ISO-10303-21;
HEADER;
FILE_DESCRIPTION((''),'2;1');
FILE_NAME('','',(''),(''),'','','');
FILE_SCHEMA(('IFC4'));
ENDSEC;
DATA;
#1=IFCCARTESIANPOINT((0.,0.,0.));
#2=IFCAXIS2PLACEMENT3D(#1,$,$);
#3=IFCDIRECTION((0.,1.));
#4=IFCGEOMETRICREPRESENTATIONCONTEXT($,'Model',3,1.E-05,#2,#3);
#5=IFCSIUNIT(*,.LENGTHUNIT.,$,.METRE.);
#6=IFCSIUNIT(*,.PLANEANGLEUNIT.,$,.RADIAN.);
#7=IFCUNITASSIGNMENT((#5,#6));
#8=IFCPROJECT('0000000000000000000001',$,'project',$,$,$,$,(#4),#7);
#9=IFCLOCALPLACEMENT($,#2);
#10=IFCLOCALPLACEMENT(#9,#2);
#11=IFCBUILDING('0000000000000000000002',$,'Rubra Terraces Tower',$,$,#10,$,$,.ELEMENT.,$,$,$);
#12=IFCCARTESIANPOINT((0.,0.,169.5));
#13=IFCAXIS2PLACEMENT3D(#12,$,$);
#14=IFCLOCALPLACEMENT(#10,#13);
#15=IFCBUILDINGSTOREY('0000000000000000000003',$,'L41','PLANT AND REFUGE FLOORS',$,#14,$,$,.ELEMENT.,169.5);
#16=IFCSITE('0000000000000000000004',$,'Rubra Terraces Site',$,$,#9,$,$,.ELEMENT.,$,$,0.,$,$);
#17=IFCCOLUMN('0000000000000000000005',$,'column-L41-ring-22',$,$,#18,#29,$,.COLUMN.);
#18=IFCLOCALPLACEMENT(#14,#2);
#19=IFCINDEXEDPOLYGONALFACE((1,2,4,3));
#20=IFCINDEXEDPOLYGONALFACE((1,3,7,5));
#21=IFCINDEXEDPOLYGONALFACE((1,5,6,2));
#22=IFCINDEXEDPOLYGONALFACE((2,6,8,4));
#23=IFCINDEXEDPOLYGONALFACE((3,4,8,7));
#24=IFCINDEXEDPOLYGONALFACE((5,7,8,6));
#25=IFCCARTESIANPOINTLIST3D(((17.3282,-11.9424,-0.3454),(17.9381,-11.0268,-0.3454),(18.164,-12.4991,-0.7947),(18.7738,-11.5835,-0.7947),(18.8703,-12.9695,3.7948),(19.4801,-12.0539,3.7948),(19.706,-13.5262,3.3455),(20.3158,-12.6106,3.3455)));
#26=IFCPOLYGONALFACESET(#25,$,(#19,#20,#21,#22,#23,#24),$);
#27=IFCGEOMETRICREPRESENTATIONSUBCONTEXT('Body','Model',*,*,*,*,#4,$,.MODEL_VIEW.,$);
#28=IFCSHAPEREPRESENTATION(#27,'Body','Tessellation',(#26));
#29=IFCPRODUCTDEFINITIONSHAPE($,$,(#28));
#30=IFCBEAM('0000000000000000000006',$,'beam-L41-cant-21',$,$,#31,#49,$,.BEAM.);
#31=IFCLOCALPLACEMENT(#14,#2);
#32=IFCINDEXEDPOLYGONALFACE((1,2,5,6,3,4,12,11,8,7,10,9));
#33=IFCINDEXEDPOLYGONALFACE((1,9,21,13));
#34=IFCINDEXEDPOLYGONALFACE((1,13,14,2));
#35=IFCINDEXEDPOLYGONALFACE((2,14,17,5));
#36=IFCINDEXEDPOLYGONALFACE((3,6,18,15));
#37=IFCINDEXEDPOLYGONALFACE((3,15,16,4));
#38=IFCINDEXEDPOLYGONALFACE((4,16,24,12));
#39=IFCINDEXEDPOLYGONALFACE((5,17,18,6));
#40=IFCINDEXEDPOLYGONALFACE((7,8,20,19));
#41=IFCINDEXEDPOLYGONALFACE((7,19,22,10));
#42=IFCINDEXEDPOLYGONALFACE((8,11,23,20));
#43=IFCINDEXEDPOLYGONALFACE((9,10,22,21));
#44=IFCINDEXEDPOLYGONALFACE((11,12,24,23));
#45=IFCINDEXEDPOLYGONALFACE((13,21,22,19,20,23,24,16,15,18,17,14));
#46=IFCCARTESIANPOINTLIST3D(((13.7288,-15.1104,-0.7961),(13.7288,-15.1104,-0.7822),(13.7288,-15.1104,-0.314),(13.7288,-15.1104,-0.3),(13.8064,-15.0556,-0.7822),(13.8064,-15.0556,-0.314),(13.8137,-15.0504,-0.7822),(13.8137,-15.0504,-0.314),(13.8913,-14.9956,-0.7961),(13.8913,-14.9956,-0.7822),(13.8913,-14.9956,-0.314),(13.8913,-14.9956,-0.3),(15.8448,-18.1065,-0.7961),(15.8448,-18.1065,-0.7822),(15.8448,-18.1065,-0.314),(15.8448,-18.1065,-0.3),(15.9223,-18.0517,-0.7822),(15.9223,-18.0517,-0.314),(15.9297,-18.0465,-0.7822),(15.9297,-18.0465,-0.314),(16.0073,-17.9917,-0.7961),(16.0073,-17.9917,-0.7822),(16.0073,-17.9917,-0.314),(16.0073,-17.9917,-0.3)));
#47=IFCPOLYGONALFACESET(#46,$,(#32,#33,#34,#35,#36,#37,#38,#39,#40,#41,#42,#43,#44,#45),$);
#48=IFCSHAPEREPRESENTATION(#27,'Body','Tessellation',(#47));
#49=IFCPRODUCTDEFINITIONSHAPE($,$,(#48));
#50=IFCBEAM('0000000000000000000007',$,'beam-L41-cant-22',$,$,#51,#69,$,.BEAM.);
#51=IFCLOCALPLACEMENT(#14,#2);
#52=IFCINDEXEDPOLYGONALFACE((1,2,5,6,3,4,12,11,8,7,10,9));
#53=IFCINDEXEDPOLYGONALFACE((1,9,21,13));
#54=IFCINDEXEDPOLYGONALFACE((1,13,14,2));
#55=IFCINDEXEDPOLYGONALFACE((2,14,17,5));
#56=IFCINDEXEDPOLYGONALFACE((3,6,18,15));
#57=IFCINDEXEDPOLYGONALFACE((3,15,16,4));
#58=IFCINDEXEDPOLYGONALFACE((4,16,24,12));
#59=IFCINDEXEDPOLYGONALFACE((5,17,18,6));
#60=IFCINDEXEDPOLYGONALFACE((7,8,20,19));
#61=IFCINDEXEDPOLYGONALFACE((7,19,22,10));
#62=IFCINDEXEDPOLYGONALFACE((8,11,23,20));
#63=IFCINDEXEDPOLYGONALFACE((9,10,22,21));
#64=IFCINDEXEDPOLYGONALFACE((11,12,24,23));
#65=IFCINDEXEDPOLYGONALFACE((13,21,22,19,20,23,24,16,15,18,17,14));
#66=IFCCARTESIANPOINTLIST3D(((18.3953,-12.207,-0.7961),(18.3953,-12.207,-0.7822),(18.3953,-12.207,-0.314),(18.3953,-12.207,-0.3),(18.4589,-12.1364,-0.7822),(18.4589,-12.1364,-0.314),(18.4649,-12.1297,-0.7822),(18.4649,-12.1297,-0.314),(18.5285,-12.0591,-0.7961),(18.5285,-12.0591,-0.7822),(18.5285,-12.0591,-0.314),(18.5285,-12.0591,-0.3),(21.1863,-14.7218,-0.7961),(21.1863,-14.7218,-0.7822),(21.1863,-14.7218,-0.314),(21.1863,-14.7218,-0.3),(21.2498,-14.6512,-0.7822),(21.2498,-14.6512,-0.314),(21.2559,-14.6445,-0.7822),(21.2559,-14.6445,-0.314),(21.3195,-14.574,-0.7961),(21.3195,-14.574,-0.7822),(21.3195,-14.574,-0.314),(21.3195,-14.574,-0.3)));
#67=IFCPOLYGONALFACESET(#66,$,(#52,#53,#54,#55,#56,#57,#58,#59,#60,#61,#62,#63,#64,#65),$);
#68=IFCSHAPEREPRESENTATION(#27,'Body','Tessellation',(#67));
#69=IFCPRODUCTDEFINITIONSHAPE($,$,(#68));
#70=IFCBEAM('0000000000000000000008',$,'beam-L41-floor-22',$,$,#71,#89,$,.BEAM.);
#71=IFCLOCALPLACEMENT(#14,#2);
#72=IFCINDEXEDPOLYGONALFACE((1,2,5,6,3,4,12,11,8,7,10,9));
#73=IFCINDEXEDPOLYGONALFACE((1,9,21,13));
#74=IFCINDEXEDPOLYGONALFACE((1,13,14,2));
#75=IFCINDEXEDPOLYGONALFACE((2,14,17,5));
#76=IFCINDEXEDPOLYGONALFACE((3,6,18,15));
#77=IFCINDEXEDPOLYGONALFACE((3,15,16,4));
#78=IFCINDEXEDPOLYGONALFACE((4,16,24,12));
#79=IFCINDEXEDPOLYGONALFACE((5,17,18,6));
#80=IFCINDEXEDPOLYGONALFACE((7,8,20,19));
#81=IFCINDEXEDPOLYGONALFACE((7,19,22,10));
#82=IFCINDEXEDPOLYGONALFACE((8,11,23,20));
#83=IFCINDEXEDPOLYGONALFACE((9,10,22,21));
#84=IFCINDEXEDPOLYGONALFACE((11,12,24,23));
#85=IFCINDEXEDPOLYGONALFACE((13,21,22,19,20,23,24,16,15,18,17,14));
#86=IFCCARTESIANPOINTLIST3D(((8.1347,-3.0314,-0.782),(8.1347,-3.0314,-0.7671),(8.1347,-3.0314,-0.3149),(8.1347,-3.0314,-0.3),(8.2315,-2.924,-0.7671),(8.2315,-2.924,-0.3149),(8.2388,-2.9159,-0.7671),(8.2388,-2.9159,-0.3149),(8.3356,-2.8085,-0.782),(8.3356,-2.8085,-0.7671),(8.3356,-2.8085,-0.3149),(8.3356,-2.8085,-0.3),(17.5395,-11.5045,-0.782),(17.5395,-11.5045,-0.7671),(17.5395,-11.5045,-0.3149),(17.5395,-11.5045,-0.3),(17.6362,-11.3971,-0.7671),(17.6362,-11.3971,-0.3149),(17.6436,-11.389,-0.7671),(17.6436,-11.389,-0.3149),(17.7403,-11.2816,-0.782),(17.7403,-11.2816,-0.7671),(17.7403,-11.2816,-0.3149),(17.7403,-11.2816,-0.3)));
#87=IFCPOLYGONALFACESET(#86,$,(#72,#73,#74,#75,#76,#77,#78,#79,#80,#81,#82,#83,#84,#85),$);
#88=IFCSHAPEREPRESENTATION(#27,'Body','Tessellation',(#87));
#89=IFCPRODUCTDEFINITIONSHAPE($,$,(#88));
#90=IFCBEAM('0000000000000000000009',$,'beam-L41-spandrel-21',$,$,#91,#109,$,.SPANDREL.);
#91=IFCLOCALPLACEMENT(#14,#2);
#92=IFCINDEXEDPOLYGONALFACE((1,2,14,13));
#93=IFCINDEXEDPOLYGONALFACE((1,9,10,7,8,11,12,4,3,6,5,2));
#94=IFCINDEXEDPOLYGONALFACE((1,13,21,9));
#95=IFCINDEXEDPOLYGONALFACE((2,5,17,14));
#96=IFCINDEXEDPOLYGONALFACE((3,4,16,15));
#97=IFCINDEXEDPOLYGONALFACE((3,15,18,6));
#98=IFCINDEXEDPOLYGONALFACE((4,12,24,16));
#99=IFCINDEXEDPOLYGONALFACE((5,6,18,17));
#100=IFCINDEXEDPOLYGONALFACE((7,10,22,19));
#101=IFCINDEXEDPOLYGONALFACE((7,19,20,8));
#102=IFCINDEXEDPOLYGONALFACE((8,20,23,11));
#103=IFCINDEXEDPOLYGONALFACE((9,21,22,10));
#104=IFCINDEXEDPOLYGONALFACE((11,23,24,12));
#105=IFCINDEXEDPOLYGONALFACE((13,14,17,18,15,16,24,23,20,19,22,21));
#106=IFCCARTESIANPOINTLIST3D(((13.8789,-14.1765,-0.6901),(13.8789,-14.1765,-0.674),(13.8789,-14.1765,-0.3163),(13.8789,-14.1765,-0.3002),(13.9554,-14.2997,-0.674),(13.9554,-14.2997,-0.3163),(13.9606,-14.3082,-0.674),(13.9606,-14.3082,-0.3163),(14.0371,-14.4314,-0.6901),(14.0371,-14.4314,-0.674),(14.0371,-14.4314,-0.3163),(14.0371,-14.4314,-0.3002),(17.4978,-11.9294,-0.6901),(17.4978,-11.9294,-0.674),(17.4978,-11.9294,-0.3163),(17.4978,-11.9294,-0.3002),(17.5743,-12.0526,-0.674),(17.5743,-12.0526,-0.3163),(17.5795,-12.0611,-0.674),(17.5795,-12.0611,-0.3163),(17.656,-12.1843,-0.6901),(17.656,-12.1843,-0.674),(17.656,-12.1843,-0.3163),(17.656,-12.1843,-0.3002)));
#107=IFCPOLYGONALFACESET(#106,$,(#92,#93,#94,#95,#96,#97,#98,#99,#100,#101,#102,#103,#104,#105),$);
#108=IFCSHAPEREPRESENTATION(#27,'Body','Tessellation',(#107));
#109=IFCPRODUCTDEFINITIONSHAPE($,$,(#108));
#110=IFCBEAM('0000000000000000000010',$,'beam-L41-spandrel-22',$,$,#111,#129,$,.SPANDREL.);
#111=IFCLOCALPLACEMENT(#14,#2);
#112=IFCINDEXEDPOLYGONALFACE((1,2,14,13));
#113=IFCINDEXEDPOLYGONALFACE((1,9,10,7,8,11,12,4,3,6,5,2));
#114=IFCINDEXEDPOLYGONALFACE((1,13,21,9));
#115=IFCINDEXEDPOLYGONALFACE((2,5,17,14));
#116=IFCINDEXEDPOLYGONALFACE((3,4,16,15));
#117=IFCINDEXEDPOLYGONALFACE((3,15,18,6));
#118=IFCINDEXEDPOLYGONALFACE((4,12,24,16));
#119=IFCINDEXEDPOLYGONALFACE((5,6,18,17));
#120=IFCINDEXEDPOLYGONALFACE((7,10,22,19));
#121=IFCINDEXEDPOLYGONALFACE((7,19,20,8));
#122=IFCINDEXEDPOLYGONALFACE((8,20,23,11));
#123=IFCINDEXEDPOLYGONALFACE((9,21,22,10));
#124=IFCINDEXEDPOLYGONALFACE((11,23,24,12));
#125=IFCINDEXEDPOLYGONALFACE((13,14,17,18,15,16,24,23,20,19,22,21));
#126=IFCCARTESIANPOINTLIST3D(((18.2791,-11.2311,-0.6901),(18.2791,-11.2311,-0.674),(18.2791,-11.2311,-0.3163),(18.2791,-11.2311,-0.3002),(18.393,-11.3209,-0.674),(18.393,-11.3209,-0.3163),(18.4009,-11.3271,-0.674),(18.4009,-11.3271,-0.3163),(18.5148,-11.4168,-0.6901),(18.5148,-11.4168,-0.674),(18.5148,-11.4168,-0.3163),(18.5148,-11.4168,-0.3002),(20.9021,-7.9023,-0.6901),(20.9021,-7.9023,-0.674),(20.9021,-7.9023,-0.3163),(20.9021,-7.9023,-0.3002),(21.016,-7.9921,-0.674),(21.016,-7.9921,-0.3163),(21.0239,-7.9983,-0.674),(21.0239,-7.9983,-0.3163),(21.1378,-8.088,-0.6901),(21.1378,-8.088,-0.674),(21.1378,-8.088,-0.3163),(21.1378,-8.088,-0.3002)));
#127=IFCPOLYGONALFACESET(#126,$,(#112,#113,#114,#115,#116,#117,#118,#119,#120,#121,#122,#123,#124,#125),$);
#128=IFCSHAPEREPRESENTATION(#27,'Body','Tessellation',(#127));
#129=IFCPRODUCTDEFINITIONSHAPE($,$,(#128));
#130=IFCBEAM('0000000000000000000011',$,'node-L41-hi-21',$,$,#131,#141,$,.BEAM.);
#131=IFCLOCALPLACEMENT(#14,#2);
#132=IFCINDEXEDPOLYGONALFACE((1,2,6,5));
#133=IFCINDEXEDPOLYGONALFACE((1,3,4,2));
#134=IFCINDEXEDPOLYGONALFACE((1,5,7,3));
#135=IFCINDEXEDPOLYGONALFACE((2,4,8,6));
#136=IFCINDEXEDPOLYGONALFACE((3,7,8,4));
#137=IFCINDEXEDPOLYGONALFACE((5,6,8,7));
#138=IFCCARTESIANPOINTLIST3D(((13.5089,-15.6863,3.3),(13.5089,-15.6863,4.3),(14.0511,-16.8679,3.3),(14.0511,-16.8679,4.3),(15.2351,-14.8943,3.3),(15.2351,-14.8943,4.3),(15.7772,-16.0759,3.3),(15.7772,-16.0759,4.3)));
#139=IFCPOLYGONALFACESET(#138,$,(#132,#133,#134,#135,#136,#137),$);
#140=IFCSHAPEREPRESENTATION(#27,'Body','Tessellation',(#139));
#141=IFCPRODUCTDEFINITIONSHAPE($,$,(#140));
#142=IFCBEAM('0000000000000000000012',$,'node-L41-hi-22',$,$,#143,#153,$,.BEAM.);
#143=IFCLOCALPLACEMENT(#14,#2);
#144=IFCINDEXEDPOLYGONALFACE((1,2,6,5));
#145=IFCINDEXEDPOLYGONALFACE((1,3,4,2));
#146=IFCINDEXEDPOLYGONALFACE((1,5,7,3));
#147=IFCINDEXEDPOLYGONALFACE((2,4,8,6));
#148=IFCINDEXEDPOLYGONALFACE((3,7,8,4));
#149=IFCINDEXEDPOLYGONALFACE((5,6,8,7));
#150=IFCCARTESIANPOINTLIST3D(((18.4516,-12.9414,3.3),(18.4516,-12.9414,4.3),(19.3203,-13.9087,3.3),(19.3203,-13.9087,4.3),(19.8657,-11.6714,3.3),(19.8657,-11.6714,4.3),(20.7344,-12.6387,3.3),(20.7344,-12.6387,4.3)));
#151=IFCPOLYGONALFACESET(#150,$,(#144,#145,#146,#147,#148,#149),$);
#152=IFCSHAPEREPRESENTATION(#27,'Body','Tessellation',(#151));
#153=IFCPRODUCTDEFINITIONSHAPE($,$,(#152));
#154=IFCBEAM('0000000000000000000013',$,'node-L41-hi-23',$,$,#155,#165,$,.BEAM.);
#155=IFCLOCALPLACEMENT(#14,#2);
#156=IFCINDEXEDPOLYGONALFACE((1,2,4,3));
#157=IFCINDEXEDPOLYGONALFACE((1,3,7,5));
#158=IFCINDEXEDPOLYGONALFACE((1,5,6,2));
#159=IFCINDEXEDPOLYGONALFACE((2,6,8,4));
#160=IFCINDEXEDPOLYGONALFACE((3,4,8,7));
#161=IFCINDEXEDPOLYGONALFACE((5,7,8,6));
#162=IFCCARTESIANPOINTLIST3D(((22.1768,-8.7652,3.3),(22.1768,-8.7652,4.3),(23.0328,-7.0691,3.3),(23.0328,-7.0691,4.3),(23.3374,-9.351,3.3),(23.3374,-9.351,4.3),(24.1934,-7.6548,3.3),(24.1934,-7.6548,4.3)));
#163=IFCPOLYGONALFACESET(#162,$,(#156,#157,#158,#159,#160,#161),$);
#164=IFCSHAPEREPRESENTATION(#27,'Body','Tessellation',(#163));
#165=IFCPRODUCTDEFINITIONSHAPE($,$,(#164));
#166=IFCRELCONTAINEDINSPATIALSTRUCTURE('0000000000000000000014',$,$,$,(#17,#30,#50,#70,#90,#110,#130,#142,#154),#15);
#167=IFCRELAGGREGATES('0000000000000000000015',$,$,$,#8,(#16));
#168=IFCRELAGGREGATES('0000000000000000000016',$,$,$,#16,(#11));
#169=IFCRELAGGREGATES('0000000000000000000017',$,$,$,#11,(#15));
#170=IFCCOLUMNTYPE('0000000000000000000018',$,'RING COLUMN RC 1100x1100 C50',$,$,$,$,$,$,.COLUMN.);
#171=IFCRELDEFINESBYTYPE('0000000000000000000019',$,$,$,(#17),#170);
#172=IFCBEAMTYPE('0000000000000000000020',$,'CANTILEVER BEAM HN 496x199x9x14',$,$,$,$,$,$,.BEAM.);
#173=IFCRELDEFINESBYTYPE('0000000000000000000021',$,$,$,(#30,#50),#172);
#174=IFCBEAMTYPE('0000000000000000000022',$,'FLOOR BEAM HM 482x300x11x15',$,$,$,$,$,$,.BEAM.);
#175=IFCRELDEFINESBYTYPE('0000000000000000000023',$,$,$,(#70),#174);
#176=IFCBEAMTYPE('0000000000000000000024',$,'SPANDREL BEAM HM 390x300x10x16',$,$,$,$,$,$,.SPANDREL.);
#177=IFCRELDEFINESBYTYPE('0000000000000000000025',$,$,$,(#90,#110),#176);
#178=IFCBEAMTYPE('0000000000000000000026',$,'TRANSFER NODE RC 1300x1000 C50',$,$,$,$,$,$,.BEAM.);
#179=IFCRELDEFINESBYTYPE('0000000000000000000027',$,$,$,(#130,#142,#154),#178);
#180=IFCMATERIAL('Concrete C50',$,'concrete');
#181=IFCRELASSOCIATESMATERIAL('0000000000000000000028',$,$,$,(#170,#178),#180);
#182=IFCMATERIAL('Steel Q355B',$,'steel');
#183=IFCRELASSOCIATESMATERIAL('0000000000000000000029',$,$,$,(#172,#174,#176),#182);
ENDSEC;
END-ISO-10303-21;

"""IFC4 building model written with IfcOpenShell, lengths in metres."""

from ifc_helpers import new_model, si_unit, direction, frame, origin, origin_2d, place, context, subcontext, project, spatial, rectangle, i_section, extrude, material, material_profile, profile_set, type_object, element, save


model = new_model("IFC4")

# Units and contexts
model_context = context("Model", 3, precision=1e-05, world=origin(), true_north=direction((0.0, 1.0)))
body_context = subcontext(model_context, "Body", "Model", "MODEL_VIEW")
ifc_project = project(units=[si_unit("LENGTHUNIT", "METRE"), si_unit("PLANEANGLEUNIT", "RADIAN")], contexts=[model_context])

# Site, building, storey
site_placement = place(None, origin())
site = spatial("IfcSite", under=ifc_project, at=site_placement, Name="Rubra Terraces Site", CompositionType="ELEMENT", RefElevation=0.0)
building_placement = place(site_placement, origin())
building = spatial("IfcBuilding", under=site, at=building_placement, Name="Rubra Terraces Tower", CompositionType="ELEMENT")
storey_placement = place(building_placement, frame((0.0, 0.0, 169.5)))
storey = spatial("IfcBuildingStorey", under=building, at=storey_placement, Name="L41", Description="PLANT AND REFUGE FLOORS", CompositionType="ELEMENT", Elevation=169.5)

# Column
ifc_material_1 = material(Name="Concrete C50", Category="concrete")
ifc_material_profile_1 = material_profile(ifc_material_1, rectangle(XDim=1.1001, YDim=1.1001, at=origin_2d()), Name="RC 1100x1100")
ifc_profile_set_1 = profile_set([ifc_material_profile_1], Name="Concrete C50")
column_type = type_object("IfcColumnType", Name="RING COLUMN RC 1100x1100 C50", PredefinedType="COLUMN", material=ifc_profile_set_1)
column_placement = place(storey_placement, frame((18.051, -11.7629, -0.5701), z_axis=(0.339961, -0.226443, 0.91277), x_axis=(0.554366, 0.832273, 0.0)))
element("IfcColumn", 1, at=column_placement, inside=storey, type_object=column_type, Name="column-L41-ring-22", PredefinedType="COLUMN", context=body_context, shape_type="SweptSolid", body=[
    extrude(rectangle(XDim=1.1001, YDim=1.1001, at=origin_2d()), origin(), (0.0, 0.0, 1.0), 4.5359),
])

# Beams
ifc_material_2 = material(Name="Steel Q355B", Category="steel")
ifc_material_profile_2 = material_profile(ifc_material_2, i_section(OverallWidth=0.199, OverallDepth=0.4961, WebThickness=0.009, FlangeThickness=0.0139, at=origin_2d()), Name="HN 496x199x9x14")
ifc_profile_set_2 = profile_set([ifc_material_profile_2], Name="Steel Q355B")
beam_type_1 = type_object("IfcBeamType", Name="CANTILEVER BEAM HN 496x199x9x14", PredefinedType="BEAM", material=ifc_profile_set_2)
beam_1_placement = place(storey_placement, frame((13.8101, -15.053, -0.5481), z_axis=(0.576879, -0.816829, 0.0), x_axis=(0.816829, 0.576879, 0.0)))
element("IfcBeam", 2, at=beam_1_placement, inside=storey, type_object=beam_type_1, Name="beam-L41-cant-21", PredefinedType="BEAM", context=body_context, shape_type="SweptSolid", body=[
    extrude(i_section(OverallWidth=0.199, OverallDepth=0.4961, WebThickness=0.009, FlangeThickness=0.0139, at=origin_2d()), origin(), (0.0, 0.0, 1.0), 3.668),
])
beam_2_placement = place(storey_placement, frame((18.4619, -12.1331, -0.5481), z_axis=(0.7429, -0.669403, 0.0), x_axis=(0.669403, 0.7429, 0.0)))
element("IfcBeam", 3, at=beam_2_placement, inside=storey, type_object=beam_type_1, Name="beam-L41-cant-22", PredefinedType="BEAM", context=body_context, shape_type="SweptSolid", body=[
    extrude(i_section(OverallWidth=0.199, OverallDepth=0.4961, WebThickness=0.009, FlangeThickness=0.0139, at=origin_2d()), origin(), (0.0, 0.0, 1.0), 3.7568),
])
ifc_material_profile_3 = material_profile(ifc_material_2, i_section(OverallWidth=0.3, OverallDepth=0.4819, WebThickness=0.011, FlangeThickness=0.0149, at=origin_2d()), Name="HM 482x300x11x15")
ifc_profile_set_3 = profile_set([ifc_material_profile_3], Name="Steel Q355B")
beam_type_2 = type_object("IfcBeamType", Name="FLOOR BEAM HM 482x300x11x15", PredefinedType="BEAM", material=ifc_profile_set_3)
beam_3_placement = place(storey_placement, frame((17.6399, -11.3931, -0.541), z_axis=(-0.742947, 0.66935, 0.0), x_axis=(-0.66935, -0.742947, 0.0)))
element("IfcBeam", 4, at=beam_3_placement, inside=storey, type_object=beam_type_2, Name="beam-L41-floor-22", PredefinedType="BEAM", context=body_context, shape_type="SweptSolid", body=[
    extrude(i_section(OverallWidth=0.3, OverallDepth=0.4819, WebThickness=0.011, FlangeThickness=0.0149, at=origin_2d()), origin(), (0.0, 0.0, 1.0), 12.6587),
])
ifc_material_profile_4 = material_profile(ifc_material_2, i_section(OverallWidth=0.3, OverallDepth=0.3899, WebThickness=0.01, FlangeThickness=0.0161, at=origin_2d()), Name="HM 390x300x10x16")
ifc_profile_set_4 = profile_set([ifc_material_profile_4], Name="Steel Q355B")
beam_type_3 = type_object("IfcBeamType", Name="SPANDREL BEAM HM 390x300x10x16", PredefinedType="SPANDREL", material=ifc_profile_set_4)
beam_4_placement = place(storey_placement, frame((13.958, -14.304, -0.4951), z_axis=(0.84955, 0.527508, 0.0), x_axis=(-0.527508, 0.84955, 0.0)))
element("IfcBeam", 5, at=beam_4_placement, inside=storey, type_object=beam_type_3, Name="beam-L41-spandrel-21", PredefinedType="SPANDREL", context=body_context, shape_type="SweptSolid", body=[
    extrude(i_section(OverallWidth=0.3, OverallDepth=0.3899, WebThickness=0.01, FlangeThickness=0.0161, at=origin_2d()), origin(), (0.0, 0.0, 1.0), 4.2598),
])
beam_5_placement = place(storey_placement, frame((18.397, -11.324, -0.4951), z_axis=(0.618917, 0.785456, 0.0), x_axis=(-0.785456, 0.618917, 0.0)))
element("IfcBeam", 6, at=beam_5_placement, inside=storey, type_object=beam_type_3, Name="beam-L41-spandrel-22", PredefinedType="SPANDREL", context=body_context, shape_type="SweptSolid", body=[
    extrude(i_section(OverallWidth=0.3, OverallDepth=0.3899, WebThickness=0.01, FlangeThickness=0.0161, at=origin_2d()), origin(), (0.0, 0.0, 1.0), 4.238),
])
ifc_material_profile_5 = material_profile(ifc_material_1, rectangle(XDim=1.3, YDim=1.0, at=origin_2d()), Name="RC 1300x1000")
ifc_profile_set_5 = profile_set([ifc_material_profile_5], Name="Concrete C50")
beam_type_4 = type_object("IfcBeamType", Name="TRANSFER NODE RC 1300x1000 C50", PredefinedType="BEAM", material=ifc_profile_set_5)
beam_6_placement = place(storey_placement, frame((13.78, -16.2771, 3.8), z_axis=(0.90889, 0.417035, 0.0), x_axis=(-0.417035, 0.90889, 0.0)))
element("IfcBeam", 7, at=beam_6_placement, inside=storey, type_object=beam_type_4, Name="node-L41-hi-21", PredefinedType="BEAM", context=body_context, shape_type="SweptSolid", body=[
    extrude(rectangle(XDim=1.3, YDim=1.0, at=origin_2d()), origin(), (0.0, 0.0, 1.0), 1.8992),
])
beam_7_placement = place(storey_placement, frame((18.886, -13.425, 3.8), z_axis=(0.743984, 0.668198, 0.0), x_axis=(-0.668198, 0.743984, 0.0)))
element("IfcBeam", 8, at=beam_7_placement, inside=storey, type_object=beam_type_4, Name="node-L41-hi-22", PredefinedType="BEAM", context=body_context, shape_type="SweptSolid", body=[
    extrude(rectangle(XDim=1.3, YDim=1.0, at=origin_2d()), origin(), (0.0, 0.0, 1.0), 1.9006),
])
beam_8_placement = place(storey_placement, frame((22.7571, -9.0581, 3.8), z_axis=(0.450552, 0.89275, 0.0), x_axis=(-0.89275, 0.450552, 0.0)))
element("IfcBeam", 9, at=beam_8_placement, inside=storey, type_object=beam_type_4, Name="node-L41-hi-23", PredefinedType="BEAM", context=body_context, shape_type="SweptSolid", body=[
    extrude(rectangle(XDim=1.3, YDim=1.0, at=origin_2d()), origin(), (0.0, 0.0, 1.0), 1.8999),
])

save(model, "model.ifc")
